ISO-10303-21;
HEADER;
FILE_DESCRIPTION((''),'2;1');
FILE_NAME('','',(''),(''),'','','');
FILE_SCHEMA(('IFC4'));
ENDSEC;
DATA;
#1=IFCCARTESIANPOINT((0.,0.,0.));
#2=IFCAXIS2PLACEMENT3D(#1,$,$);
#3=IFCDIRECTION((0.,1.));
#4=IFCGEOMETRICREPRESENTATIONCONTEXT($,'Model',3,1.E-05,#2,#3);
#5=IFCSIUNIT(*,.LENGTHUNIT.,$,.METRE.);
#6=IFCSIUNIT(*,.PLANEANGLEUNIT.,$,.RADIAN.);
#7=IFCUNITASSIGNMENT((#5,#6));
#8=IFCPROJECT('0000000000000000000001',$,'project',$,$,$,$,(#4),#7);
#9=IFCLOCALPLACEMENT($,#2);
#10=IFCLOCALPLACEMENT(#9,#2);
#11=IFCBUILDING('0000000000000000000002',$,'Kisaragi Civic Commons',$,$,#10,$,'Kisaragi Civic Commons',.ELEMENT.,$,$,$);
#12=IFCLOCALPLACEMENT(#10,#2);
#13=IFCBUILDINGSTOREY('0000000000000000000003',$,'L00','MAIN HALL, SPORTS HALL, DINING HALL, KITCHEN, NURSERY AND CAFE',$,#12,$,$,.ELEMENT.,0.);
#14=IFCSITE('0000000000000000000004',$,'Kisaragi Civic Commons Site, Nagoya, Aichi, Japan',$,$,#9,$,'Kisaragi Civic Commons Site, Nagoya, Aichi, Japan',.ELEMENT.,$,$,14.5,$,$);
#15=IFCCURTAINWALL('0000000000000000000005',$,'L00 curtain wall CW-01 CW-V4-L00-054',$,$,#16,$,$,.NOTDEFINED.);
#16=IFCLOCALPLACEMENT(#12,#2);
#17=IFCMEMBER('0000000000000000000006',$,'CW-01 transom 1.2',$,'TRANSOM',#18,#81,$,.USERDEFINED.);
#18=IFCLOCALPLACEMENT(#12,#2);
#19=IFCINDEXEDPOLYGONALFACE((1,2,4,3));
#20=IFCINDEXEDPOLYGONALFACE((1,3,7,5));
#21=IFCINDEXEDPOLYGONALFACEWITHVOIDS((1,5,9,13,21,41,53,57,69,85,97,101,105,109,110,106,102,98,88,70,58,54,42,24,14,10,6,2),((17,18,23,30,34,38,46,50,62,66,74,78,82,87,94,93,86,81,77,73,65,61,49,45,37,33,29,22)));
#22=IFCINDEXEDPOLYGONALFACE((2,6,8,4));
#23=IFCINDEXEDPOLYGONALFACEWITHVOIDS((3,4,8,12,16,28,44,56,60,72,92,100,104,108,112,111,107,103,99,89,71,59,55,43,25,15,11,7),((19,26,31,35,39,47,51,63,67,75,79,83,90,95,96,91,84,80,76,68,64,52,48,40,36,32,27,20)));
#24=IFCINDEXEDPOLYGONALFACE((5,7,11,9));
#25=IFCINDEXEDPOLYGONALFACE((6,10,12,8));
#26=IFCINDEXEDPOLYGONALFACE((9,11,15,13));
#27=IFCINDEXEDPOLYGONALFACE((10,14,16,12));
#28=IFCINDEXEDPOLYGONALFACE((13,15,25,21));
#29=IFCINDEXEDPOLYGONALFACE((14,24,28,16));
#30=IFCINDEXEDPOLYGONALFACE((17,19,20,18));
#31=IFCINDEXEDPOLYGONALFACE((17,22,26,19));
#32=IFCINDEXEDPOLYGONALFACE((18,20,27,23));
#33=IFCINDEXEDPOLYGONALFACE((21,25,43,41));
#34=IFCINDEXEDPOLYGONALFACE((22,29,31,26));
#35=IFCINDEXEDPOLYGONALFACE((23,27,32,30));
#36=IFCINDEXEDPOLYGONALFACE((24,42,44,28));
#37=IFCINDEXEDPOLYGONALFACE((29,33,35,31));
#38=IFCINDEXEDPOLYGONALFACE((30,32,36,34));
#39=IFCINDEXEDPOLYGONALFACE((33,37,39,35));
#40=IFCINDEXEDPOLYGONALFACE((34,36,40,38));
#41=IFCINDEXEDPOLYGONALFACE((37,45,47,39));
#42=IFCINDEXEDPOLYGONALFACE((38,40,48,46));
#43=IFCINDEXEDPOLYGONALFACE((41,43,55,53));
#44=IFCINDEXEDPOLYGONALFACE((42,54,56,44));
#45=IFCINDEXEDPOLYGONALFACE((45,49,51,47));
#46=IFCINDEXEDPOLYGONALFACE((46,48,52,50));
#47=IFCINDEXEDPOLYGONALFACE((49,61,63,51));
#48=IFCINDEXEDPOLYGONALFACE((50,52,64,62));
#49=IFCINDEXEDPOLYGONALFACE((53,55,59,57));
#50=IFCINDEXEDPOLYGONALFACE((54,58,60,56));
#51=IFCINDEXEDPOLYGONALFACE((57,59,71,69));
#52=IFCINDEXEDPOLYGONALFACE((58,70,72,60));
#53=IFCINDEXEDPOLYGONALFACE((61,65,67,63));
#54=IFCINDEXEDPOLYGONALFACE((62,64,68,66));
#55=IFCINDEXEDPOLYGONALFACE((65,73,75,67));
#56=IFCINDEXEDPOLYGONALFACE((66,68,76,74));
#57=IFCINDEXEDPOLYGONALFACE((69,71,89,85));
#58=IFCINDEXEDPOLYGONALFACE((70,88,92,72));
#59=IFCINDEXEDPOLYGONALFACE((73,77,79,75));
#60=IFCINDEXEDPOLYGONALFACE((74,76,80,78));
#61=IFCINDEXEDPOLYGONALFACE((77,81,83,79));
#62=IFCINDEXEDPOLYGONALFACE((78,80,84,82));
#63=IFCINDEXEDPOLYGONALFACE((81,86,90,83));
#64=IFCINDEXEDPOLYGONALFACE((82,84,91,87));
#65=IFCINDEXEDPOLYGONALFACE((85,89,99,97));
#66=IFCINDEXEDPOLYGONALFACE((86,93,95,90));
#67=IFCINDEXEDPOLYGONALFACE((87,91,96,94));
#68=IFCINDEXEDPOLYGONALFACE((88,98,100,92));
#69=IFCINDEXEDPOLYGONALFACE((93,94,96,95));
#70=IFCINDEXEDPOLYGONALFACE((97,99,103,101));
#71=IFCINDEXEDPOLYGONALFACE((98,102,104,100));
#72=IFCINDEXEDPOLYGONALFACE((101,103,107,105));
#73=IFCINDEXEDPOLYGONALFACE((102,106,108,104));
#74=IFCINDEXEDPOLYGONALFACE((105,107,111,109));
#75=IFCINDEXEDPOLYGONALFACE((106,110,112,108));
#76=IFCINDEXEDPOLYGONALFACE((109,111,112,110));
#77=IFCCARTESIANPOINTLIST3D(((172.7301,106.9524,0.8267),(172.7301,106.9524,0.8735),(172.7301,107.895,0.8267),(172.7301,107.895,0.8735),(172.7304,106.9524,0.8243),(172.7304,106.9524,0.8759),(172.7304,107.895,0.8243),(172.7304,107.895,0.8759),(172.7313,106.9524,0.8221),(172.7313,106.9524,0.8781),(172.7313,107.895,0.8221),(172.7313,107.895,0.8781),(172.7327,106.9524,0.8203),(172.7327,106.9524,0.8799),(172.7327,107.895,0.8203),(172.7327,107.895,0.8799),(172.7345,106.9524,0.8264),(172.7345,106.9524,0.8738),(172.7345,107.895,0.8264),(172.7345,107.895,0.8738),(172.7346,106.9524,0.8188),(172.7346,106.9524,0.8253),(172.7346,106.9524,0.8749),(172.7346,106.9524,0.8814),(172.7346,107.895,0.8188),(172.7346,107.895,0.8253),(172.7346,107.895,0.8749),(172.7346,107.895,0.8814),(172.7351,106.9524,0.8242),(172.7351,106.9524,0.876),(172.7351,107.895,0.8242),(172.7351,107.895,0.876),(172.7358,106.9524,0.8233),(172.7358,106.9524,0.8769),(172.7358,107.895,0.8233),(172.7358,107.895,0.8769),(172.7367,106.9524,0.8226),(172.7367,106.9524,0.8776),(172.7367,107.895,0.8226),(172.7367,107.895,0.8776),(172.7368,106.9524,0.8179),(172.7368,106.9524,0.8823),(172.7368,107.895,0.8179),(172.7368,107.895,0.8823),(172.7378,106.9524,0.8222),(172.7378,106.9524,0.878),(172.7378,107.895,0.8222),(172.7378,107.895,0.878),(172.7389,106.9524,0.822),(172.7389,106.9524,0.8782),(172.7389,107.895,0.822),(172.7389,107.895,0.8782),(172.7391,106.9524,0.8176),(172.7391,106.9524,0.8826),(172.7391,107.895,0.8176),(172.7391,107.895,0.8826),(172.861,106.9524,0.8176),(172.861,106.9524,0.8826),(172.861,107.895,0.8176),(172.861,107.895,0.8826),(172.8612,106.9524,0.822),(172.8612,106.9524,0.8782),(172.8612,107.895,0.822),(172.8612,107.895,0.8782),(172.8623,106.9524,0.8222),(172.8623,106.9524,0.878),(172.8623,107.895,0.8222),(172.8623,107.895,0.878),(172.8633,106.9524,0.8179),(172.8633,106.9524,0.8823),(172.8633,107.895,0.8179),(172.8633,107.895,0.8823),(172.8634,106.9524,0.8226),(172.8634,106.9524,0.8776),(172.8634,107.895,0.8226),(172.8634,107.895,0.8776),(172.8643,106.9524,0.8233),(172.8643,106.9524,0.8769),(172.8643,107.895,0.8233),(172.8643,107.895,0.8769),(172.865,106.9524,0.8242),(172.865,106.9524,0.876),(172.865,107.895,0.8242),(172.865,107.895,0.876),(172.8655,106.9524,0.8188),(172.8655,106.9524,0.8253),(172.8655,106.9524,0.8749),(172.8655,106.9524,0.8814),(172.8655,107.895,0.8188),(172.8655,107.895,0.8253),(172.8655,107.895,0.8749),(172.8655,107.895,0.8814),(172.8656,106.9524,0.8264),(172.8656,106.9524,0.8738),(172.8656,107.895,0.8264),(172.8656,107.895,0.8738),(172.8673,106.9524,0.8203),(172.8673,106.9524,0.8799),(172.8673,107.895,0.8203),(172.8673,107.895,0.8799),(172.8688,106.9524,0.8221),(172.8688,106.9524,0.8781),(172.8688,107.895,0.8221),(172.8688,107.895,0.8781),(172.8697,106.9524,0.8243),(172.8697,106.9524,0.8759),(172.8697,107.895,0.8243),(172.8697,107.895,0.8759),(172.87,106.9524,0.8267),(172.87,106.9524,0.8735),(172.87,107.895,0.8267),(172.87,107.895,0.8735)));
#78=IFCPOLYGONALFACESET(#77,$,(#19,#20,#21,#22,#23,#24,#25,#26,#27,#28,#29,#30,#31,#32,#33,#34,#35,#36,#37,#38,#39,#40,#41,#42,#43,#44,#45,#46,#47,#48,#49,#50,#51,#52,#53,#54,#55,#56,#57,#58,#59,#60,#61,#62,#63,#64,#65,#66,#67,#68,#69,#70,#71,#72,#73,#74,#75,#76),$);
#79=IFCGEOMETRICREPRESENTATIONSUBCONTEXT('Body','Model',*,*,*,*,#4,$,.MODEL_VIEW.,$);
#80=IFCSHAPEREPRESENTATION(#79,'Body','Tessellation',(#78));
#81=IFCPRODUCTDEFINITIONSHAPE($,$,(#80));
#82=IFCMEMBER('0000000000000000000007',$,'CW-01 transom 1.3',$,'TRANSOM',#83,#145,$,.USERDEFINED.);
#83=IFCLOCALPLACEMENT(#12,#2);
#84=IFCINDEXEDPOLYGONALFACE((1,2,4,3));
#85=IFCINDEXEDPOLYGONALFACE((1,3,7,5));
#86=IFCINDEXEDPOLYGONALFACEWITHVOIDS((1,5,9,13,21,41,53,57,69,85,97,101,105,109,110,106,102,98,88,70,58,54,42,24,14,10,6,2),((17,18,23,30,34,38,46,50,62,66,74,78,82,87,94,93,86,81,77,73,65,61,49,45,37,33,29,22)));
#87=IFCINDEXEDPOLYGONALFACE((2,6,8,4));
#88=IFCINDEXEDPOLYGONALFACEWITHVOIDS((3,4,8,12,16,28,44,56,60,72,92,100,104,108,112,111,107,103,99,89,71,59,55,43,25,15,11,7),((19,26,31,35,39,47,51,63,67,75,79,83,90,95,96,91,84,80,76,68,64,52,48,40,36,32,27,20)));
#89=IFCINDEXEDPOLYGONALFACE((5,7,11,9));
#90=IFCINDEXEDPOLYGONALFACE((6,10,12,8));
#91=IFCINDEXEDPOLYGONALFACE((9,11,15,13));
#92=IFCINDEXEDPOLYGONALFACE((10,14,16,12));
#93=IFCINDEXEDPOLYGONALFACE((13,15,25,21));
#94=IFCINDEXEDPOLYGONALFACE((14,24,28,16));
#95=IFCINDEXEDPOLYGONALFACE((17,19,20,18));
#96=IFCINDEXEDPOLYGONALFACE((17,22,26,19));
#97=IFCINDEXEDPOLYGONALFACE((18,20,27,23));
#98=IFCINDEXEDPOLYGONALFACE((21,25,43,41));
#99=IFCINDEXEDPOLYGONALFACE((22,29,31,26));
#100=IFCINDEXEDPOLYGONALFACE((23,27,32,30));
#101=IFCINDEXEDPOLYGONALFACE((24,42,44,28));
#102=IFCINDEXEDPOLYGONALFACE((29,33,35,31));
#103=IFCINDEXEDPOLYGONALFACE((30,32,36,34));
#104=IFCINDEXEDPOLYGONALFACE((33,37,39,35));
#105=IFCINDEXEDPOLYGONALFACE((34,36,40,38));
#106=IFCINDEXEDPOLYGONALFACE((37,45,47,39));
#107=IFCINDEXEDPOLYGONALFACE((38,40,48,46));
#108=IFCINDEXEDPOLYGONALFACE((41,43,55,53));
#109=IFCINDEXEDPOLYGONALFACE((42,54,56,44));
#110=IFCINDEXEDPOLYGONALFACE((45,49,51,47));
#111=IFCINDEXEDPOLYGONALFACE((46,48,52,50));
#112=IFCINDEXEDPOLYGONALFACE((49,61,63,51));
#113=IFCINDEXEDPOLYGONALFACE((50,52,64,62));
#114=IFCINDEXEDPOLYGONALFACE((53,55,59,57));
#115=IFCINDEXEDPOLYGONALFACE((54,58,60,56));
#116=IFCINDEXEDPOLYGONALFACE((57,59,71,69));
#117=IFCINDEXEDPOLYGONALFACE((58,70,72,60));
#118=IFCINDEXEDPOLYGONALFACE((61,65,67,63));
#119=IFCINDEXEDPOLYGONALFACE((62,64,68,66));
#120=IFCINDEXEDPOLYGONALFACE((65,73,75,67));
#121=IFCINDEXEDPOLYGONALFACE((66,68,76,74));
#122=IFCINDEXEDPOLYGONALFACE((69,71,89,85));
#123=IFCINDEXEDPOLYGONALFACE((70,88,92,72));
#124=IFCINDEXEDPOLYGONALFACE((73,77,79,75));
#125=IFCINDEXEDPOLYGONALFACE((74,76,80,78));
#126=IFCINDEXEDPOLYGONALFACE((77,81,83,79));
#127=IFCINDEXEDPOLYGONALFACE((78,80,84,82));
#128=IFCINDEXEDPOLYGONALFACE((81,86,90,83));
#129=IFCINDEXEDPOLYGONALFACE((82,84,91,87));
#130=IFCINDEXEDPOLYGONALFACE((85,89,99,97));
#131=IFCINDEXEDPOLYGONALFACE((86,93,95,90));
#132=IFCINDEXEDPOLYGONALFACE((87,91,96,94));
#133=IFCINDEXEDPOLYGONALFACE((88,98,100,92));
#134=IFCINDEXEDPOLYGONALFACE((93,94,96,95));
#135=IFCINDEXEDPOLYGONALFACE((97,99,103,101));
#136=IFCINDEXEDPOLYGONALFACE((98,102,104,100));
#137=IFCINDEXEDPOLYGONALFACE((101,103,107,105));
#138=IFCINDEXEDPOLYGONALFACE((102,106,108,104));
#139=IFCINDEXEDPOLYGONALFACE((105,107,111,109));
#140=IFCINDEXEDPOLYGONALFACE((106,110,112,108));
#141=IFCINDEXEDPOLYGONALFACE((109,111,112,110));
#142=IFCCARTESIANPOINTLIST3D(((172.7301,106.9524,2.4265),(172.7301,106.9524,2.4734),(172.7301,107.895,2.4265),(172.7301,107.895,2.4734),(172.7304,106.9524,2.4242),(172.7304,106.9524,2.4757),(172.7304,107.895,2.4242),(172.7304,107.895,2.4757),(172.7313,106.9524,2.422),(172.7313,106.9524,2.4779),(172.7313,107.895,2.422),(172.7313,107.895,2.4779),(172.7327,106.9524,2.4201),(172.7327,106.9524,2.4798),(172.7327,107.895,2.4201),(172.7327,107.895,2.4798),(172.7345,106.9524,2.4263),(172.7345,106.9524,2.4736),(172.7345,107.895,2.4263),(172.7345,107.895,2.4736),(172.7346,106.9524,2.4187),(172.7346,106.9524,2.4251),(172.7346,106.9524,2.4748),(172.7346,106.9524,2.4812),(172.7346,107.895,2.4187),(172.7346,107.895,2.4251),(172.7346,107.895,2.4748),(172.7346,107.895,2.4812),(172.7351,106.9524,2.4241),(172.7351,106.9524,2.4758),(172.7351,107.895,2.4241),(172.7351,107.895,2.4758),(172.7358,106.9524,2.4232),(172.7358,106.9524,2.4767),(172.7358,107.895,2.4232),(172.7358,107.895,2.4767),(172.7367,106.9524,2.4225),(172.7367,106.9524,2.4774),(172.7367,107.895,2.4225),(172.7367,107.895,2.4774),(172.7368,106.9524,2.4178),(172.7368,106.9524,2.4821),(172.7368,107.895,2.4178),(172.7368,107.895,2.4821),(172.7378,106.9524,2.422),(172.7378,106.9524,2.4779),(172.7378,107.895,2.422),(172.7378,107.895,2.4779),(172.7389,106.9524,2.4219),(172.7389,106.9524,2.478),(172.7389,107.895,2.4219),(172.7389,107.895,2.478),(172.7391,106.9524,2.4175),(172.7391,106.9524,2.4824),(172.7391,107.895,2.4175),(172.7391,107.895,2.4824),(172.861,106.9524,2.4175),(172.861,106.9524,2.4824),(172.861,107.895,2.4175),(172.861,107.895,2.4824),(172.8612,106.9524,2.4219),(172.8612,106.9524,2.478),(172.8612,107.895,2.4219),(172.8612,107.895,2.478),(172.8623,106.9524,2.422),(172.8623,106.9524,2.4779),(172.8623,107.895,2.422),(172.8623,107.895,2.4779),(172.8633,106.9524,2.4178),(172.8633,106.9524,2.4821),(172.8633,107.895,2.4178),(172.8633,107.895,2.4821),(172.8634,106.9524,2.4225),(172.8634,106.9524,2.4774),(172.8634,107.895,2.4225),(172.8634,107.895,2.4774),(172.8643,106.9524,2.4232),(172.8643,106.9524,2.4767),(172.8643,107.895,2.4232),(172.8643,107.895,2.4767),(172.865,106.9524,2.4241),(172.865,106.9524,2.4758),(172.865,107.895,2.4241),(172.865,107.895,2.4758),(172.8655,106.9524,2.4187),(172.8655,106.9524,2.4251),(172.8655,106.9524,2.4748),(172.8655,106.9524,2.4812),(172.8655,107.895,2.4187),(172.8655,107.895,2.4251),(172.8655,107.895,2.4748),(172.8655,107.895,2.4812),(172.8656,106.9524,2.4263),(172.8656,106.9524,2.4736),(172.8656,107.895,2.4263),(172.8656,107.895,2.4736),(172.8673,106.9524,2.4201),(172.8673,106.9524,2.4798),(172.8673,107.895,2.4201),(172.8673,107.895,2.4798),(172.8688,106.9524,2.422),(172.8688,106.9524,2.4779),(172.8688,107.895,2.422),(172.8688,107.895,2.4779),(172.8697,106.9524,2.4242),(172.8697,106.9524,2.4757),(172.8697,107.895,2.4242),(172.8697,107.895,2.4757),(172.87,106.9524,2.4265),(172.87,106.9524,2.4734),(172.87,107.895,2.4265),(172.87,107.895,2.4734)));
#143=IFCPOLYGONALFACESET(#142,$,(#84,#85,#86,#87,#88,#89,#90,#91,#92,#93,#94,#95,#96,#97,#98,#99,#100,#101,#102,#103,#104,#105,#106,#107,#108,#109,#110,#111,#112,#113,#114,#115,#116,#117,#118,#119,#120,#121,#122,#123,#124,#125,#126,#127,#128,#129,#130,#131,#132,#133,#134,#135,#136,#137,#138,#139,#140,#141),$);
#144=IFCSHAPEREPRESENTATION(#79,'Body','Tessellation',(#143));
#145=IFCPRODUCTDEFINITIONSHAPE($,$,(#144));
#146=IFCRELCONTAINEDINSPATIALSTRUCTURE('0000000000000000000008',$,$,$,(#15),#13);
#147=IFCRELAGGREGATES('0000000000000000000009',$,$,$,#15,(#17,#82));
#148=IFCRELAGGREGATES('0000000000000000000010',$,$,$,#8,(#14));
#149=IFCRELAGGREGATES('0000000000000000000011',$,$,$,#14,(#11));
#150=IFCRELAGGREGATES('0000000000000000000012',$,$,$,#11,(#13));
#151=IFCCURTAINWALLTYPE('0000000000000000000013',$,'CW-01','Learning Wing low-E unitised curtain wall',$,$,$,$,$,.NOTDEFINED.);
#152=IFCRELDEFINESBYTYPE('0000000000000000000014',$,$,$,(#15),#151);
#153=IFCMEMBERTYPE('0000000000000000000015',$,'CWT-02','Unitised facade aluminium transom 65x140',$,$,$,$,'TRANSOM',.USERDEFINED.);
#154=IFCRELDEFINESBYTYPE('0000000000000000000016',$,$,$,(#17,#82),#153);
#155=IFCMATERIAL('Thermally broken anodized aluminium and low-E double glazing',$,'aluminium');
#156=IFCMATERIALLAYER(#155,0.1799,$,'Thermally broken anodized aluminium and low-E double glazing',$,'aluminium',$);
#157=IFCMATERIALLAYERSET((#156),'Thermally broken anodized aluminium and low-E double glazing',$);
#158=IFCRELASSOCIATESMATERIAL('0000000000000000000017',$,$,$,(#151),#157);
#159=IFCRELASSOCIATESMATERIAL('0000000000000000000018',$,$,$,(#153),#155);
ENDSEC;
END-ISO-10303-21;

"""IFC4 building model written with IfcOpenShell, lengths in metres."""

from ifc_helpers import new_model, si_unit, direction, frame, origin, origin_2d, place, context, subcontext, project, spatial, hollow_rectangle, extrude, material, layer, layer_set, material_profile, profile_set, type_object, element, aggregate, save


model = new_model("IFC4")

# Units and contexts
model_context = context("Model", 3, precision=1e-05, world=origin(), true_north=direction((0.0, 1.0)))
body_context = subcontext(model_context, "Body", "Model", "MODEL_VIEW")
ifc_project = project(units=[si_unit("LENGTHUNIT", "METRE"), si_unit("PLANEANGLEUNIT", "RADIAN")], contexts=[model_context])

# Site, building, storey
site_placement = place(None, origin())
site = spatial("IfcSite", under=ifc_project, at=site_placement, Name="Kisaragi Civic Commons Site, Nagoya, Aichi, Japan", LongName="Kisaragi Civic Commons Site, Nagoya, Aichi, Japan", CompositionType="ELEMENT", RefElevation=14.5)
building_placement = place(site_placement, origin())
building = spatial("IfcBuilding", under=site, at=building_placement, Name="Kisaragi Civic Commons", LongName="Kisaragi Civic Commons", CompositionType="ELEMENT")
storey_placement = place(building_placement, origin())
storey = spatial("IfcBuildingStorey", under=building, at=storey_placement, Name="L00", Description="MAIN HALL, SPORTS HALL, DINING HALL, KITCHEN, NURSERY AND CAFE", CompositionType="ELEMENT", Elevation=0.0)

# Shared definitions
ifc_material_1 = material(Name="Thermally broken anodized aluminium and low-E double glazing", Category="aluminium")
ifc_layer_1 = layer(ifc_material_1, 0.1799, Name="Thermally broken anodized aluminium and low-E double glazing", Category="aluminium")
ifc_layer_set_1 = layer_set([ifc_layer_1], Name="Thermally broken anodized aluminium and low-E double glazing")
curtain_wall_type = type_object("IfcCurtainWallType", Name="CW-01", Description="Learning Wing low-E unitised curtain wall", PredefinedType="NOTDEFINED", material=ifc_layer_set_1)

# Curtain wall, members
curtain_wall_1_placement = place(storey_placement, origin())
curtain_wall_1 = element("IfcCurtainWall", 1, at=curtain_wall_1_placement, inside=storey, type_object=curtain_wall_type, Name="L00 curtain wall CW-01 CW-V4-L00-054", PredefinedType="NOTDEFINED")
ifc_material_profile_1 = material_profile(ifc_material_1, hollow_rectangle(XDim=0.1399, YDim=0.0649, WallThickness=0.0044, InnerFilletRadius=0.0044, OuterFilletRadius=0.009, at=origin_2d()), Name="CWT-65x140x4.5", Category="aluminium")
ifc_profile_set_1 = profile_set([ifc_material_profile_1], Name="Thermally broken anodized aluminium and low-E double glazing")
member_type_1 = type_object("IfcMemberType", Name="CWT-02", Description="Unitised facade aluminium transom 65x140", ElementType="TRANSOM", PredefinedType="USERDEFINED", material=ifc_profile_set_1)
member_1_placement = place(storey_placement, frame((172.8, 107.895, 0.8501), z_axis=(0.0, -1.0, 0.0), x_axis=(1.0, 0.0, 0.0)))
member_1 = element("IfcMember", 2, at=member_1_placement, type_object=member_type_1, Name="CW-01 transom 1.2", ObjectType="TRANSOM", PredefinedType="USERDEFINED", context=body_context, shape_type="SweptSolid", body=[
    extrude(hollow_rectangle(XDim=0.1399, YDim=0.0649, WallThickness=0.0044, InnerFilletRadius=0.0044, OuterFilletRadius=0.009, at=origin_2d()), origin(), (0.0, 0.0, 1.0), 0.9426),
])
member_2_placement = place(storey_placement, frame((172.8, 107.895, 2.45), z_axis=(0.0, -1.0, 0.0), x_axis=(1.0, 0.0, 0.0)))
member_2 = element("IfcMember", 3, at=member_2_placement, type_object=member_type_1, Name="CW-01 transom 1.3", ObjectType="TRANSOM", PredefinedType="USERDEFINED", context=body_context, shape_type="SweptSolid", body=[
    extrude(hollow_rectangle(XDim=0.1399, YDim=0.0649, WallThickness=0.0044, InnerFilletRadius=0.0044, OuterFilletRadius=0.009, at=origin_2d()), origin(), (0.0, 0.0, 1.0), 0.9426),
])

aggregate(curtain_wall_1, [member_1, member_2])

save(model, "model.ifc")
